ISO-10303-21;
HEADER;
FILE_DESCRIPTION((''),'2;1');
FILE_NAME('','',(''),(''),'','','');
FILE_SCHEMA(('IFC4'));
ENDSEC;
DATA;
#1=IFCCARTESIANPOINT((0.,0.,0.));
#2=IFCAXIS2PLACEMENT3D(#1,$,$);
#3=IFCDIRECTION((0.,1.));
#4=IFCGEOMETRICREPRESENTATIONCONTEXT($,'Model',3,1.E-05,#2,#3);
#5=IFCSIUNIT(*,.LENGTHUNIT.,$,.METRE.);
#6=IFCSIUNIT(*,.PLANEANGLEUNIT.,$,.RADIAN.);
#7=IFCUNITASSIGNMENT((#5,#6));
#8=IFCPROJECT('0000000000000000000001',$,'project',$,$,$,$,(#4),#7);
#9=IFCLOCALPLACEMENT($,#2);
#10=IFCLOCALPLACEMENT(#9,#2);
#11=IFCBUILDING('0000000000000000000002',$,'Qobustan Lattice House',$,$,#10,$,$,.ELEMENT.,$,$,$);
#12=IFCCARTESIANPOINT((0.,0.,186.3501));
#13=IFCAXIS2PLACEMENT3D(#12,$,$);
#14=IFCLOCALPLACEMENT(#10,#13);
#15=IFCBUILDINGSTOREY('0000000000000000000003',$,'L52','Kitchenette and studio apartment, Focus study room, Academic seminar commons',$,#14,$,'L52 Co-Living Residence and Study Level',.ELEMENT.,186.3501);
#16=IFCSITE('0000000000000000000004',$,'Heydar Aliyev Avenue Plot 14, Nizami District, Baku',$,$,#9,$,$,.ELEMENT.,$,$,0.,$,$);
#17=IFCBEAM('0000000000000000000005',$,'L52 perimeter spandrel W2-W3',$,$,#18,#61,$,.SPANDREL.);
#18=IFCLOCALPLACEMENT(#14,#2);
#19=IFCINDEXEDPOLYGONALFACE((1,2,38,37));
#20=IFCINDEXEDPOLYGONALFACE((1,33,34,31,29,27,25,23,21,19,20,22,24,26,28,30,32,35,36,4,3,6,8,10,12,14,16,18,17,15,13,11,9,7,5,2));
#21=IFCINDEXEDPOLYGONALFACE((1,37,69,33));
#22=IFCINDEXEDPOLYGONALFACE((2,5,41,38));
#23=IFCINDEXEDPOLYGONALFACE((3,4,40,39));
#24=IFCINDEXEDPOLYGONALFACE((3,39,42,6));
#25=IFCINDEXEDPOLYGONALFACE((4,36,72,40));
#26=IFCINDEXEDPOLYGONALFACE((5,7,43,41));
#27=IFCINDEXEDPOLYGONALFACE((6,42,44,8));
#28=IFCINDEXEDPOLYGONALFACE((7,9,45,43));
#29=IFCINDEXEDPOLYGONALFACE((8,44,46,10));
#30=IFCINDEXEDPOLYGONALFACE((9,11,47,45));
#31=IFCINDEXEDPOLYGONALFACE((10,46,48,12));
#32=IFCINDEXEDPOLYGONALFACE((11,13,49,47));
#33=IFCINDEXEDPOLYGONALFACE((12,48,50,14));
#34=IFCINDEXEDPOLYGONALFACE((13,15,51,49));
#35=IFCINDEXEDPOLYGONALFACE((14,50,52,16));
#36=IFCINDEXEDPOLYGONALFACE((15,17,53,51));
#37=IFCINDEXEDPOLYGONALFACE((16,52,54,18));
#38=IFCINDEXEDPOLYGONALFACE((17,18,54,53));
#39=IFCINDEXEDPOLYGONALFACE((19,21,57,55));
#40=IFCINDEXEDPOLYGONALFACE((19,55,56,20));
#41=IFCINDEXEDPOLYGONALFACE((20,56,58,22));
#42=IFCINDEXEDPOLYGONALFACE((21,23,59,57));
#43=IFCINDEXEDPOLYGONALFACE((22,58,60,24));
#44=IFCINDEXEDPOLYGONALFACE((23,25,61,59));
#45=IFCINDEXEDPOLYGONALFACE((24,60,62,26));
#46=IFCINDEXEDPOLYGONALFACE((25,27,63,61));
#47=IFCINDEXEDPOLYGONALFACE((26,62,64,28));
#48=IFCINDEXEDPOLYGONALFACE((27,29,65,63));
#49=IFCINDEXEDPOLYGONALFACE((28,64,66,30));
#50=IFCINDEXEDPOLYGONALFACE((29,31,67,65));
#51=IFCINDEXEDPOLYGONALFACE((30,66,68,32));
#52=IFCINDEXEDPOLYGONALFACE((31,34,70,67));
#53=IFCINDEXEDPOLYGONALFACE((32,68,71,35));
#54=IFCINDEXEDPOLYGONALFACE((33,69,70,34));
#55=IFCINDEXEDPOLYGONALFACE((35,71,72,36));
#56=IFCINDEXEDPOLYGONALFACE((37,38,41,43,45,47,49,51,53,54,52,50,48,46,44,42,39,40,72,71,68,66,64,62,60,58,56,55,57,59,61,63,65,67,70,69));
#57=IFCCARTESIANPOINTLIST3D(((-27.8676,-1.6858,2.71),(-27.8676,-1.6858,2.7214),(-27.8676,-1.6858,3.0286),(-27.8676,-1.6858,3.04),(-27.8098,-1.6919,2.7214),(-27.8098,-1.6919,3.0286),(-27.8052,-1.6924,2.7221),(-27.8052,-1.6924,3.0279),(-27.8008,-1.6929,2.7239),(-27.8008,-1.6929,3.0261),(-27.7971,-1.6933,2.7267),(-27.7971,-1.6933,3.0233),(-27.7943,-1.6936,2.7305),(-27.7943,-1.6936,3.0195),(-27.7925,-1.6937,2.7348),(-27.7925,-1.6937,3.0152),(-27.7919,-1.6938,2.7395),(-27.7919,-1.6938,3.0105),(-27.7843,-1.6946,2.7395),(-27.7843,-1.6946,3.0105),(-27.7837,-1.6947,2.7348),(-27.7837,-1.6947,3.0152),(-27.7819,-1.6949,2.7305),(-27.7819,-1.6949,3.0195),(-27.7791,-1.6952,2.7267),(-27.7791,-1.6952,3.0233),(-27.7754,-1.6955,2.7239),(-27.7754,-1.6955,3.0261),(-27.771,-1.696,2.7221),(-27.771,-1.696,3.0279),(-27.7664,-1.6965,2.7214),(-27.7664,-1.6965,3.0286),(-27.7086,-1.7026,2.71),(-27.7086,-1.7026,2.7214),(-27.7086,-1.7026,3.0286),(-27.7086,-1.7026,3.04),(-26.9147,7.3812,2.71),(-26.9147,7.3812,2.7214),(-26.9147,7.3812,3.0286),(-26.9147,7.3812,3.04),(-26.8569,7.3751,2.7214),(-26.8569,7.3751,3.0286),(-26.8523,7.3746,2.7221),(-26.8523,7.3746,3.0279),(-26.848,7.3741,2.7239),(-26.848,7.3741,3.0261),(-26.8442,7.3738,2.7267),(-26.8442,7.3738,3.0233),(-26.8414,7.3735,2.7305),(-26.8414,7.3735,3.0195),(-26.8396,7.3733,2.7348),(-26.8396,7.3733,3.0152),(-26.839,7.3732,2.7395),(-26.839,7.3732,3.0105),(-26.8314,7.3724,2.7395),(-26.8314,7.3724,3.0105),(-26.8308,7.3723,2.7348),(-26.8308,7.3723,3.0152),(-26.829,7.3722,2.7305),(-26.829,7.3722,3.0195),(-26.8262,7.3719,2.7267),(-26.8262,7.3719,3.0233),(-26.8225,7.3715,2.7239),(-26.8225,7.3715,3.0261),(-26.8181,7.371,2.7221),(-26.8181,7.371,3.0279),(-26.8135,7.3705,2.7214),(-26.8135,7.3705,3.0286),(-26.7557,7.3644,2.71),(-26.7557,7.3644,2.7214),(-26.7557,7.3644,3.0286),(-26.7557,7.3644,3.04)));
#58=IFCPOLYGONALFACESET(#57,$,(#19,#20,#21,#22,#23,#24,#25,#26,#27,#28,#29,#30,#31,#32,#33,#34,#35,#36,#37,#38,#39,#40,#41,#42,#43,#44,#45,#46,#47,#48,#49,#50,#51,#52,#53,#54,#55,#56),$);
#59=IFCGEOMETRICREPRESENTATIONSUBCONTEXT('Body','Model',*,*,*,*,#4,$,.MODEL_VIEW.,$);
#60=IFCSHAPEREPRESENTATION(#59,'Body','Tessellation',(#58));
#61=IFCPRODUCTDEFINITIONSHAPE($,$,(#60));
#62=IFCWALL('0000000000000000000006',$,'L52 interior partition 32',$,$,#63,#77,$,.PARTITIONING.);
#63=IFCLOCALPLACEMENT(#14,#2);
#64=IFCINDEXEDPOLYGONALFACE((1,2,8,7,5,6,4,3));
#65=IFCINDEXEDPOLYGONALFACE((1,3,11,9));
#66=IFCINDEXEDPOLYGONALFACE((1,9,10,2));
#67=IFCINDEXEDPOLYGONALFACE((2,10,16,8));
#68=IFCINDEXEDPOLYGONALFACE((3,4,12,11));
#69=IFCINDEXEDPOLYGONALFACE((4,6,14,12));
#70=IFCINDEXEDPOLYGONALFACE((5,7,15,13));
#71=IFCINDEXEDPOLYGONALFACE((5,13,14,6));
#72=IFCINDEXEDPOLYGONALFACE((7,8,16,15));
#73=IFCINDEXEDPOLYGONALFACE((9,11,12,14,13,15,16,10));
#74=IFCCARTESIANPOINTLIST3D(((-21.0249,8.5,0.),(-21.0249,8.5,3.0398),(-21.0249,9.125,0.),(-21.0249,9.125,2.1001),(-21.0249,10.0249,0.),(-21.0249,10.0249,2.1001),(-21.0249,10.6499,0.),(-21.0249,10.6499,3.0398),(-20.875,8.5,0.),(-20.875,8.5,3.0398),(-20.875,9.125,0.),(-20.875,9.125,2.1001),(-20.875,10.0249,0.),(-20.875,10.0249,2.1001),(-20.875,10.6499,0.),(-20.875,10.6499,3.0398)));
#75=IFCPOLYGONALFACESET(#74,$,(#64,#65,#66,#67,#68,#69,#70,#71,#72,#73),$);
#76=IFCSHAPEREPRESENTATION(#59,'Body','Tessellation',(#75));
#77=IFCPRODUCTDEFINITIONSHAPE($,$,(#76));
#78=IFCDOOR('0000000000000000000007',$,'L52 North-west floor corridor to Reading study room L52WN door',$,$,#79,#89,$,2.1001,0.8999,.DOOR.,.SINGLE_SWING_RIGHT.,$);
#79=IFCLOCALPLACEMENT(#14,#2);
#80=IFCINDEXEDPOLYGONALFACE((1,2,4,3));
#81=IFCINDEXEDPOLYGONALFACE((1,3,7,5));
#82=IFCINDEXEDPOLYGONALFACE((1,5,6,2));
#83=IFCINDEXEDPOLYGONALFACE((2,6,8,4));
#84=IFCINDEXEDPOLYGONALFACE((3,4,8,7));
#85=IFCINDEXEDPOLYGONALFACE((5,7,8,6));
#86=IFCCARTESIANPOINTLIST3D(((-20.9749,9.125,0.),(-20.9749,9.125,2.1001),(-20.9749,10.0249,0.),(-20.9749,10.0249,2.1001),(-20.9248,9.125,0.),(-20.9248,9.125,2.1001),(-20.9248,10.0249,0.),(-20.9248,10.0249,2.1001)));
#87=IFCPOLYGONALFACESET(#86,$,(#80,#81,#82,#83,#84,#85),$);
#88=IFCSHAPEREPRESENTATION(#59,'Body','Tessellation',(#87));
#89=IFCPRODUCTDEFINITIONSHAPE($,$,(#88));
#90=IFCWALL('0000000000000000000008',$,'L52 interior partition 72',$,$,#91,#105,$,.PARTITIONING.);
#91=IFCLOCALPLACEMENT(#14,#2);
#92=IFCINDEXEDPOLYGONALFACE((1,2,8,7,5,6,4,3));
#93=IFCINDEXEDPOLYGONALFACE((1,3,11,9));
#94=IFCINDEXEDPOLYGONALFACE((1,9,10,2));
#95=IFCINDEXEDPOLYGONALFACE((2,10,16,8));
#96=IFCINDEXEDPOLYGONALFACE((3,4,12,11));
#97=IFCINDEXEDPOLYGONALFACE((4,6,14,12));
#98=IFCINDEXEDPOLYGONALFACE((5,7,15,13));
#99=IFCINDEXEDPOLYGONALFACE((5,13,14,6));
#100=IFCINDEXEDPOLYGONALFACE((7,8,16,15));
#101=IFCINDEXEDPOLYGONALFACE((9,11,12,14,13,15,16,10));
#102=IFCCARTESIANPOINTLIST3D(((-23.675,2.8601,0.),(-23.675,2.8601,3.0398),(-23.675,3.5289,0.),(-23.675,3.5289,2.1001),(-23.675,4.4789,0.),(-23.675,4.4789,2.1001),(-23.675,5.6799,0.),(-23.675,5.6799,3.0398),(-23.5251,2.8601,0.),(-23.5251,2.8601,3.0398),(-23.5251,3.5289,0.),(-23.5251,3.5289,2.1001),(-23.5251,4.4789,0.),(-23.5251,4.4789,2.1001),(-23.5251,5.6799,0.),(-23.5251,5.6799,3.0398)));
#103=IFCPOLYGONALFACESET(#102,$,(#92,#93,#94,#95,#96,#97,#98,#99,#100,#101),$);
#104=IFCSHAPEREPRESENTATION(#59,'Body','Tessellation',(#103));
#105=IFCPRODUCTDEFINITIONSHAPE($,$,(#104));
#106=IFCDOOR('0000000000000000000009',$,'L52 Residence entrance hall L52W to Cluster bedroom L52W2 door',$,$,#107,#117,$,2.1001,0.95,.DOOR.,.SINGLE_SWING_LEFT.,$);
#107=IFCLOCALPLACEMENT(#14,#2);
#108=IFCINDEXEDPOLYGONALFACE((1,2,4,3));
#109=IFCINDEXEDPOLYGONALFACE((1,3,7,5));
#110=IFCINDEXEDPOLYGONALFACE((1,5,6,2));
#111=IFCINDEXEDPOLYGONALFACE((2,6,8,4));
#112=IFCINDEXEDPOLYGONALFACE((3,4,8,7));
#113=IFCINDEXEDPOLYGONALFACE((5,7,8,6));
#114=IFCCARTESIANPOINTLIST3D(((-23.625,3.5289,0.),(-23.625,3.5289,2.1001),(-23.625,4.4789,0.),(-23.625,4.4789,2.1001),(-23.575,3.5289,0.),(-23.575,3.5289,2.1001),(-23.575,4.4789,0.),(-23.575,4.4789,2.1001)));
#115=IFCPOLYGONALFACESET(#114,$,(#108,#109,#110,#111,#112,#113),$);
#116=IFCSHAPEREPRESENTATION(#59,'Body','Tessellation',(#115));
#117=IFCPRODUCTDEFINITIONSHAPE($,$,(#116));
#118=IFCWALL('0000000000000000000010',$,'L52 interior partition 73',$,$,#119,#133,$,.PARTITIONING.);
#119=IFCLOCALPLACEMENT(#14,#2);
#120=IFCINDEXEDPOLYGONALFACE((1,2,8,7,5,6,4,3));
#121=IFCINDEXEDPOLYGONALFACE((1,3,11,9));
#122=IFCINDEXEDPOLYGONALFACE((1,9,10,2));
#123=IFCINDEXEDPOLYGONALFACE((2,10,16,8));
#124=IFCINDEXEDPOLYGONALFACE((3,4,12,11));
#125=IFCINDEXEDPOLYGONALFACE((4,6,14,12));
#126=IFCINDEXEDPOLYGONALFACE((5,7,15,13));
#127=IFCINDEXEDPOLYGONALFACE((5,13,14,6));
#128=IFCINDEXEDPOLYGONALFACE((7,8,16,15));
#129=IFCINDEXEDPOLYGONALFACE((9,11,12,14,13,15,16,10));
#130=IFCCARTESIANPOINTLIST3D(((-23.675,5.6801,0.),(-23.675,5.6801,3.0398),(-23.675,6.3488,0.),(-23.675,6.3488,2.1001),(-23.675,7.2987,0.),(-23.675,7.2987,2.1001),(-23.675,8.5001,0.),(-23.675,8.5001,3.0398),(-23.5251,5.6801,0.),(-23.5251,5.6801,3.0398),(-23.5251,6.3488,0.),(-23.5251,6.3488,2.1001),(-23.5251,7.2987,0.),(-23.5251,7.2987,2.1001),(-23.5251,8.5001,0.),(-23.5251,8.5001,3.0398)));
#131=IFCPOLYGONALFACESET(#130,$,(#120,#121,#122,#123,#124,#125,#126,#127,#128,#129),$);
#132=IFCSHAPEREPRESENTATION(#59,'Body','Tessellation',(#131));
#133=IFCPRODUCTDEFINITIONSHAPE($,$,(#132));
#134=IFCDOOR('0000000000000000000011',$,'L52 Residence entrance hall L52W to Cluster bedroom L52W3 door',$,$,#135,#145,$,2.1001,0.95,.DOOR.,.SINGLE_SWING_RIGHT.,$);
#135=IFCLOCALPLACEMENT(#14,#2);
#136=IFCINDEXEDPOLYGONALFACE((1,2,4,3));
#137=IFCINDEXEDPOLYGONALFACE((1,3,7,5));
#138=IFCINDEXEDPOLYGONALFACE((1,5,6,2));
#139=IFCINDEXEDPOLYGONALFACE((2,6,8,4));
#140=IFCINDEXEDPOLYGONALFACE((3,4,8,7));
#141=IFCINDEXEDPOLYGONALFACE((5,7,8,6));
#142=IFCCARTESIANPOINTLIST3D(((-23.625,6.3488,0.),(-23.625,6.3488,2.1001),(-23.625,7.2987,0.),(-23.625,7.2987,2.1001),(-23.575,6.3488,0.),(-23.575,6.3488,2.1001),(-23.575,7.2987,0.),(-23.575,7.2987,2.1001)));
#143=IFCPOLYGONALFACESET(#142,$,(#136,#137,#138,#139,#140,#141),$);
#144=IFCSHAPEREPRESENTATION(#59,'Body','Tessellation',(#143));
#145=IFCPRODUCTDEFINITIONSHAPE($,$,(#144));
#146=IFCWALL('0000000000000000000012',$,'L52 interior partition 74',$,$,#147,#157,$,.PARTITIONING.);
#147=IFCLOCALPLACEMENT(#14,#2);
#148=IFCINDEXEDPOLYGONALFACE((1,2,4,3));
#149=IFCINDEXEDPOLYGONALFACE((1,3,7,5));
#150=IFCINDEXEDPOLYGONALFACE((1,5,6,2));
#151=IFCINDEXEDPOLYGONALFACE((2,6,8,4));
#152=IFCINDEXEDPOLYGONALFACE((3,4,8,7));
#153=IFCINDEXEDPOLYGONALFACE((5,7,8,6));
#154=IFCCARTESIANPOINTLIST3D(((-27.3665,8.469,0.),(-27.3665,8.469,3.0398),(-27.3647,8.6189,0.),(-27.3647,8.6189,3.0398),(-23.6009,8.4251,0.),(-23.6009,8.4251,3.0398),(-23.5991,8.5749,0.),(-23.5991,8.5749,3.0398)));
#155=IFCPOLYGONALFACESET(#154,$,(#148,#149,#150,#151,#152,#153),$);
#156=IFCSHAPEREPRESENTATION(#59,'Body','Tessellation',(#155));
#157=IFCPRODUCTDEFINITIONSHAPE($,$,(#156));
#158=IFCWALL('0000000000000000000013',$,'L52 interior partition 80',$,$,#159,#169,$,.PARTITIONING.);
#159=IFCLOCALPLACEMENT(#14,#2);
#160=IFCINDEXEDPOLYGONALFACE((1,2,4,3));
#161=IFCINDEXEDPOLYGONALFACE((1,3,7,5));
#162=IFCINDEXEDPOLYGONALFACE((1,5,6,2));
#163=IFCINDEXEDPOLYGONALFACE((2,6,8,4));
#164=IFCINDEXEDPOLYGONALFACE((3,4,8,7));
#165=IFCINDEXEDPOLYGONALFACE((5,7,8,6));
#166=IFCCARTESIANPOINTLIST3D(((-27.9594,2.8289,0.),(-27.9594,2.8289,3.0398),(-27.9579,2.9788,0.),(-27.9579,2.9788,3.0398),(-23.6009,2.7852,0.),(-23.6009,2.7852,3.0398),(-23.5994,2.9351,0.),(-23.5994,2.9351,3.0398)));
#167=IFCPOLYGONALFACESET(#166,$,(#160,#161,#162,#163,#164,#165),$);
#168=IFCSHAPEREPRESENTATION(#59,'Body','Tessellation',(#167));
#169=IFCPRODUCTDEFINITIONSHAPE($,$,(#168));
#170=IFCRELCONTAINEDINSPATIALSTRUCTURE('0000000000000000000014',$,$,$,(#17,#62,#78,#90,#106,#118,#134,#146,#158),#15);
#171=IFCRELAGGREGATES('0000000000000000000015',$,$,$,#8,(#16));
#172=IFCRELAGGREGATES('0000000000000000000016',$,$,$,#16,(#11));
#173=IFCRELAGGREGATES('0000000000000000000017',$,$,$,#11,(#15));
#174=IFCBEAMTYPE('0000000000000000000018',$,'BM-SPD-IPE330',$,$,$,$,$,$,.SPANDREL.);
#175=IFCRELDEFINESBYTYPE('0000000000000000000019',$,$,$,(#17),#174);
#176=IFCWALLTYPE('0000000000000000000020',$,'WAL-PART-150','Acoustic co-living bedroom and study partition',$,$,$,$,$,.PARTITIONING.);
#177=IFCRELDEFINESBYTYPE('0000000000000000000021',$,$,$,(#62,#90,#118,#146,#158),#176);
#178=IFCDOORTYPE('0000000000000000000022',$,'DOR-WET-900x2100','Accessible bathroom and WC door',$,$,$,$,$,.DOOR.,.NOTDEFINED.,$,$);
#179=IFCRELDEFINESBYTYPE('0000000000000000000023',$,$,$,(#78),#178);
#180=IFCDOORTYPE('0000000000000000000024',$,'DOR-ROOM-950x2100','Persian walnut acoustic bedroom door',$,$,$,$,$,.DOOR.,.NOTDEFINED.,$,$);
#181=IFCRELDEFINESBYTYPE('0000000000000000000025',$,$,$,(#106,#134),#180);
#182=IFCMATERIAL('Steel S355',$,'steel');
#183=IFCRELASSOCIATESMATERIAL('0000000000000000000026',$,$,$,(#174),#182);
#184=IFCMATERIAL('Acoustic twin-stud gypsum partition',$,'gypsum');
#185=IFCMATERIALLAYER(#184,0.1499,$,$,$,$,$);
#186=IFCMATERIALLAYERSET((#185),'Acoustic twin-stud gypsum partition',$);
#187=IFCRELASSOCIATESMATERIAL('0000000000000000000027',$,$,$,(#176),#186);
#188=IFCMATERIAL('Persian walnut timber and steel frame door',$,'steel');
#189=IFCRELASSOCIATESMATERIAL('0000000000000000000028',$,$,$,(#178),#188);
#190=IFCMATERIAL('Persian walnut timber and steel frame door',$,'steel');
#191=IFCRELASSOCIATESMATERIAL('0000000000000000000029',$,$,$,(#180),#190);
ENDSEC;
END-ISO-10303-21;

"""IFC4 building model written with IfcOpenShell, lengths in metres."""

from ifc_helpers import new_model, si_unit, direction, frame, frame_2d, origin, origin_2d, place, context, subcontext, project, spatial, rectangle, i_section, extrude, material, layer, layer_set, material_profile, profile_set, type_object, element, fill, save


model = new_model("IFC4")

# Units and contexts
model_context = context("Model", 3, precision=1e-05, world=origin(), true_north=direction((0.0, 1.0)))
body_context = subcontext(model_context, "Body", "Model", "MODEL_VIEW")
ifc_project = project(units=[si_unit("LENGTHUNIT", "METRE"), si_unit("PLANEANGLEUNIT", "RADIAN")], contexts=[model_context])

# Site, building, storey
site_placement = place(None, origin())
site = spatial("IfcSite", under=ifc_project, at=site_placement, Name="Heydar Aliyev Avenue Plot 14, Nizami District, Baku", CompositionType="ELEMENT", RefElevation=0.0)
building_placement = place(site_placement, origin())
building = spatial("IfcBuilding", under=site, at=building_placement, Name="Qobustan Lattice House", CompositionType="ELEMENT")
storey_placement = place(building_placement, frame((0.0, 0.0, 186.3501)))
storey = spatial("IfcBuildingStorey", under=building, at=storey_placement, Name="L52", Description="Kitchenette and studio apartment, Focus study room, Academic seminar commons", LongName="L52 Co-Living Residence and Study Level", CompositionType="ELEMENT", Elevation=186.3501)

# Beam
ifc_material_1 = material(Name="Steel S355", Category="steel")
ifc_material_profile_1 = material_profile(ifc_material_1, i_section(OverallWidth=0.1599, OverallDepth=0.3301, WebThickness=0.0076, FlangeThickness=0.0115, FilletRadius=0.0181, at=origin_2d()), Name="IPE330")
ifc_profile_set_1 = profile_set([ifc_material_profile_1], Name="Steel S355")
beam_type_1 = type_object("IfcBeamType", Name="BM-SPD-IPE330", PredefinedType="SPANDREL", material=ifc_profile_set_1)
beam_1_placement = place(storey_placement, frame((-26.8352, 7.3728, 2.875), z_axis=(-0.104519, -0.994523, 0.0), x_axis=(0.994523, -0.104519, 0.0)))
element("IfcBeam", 1, at=beam_1_placement, inside=storey, type_object=beam_type_1, Name="L52 perimeter spandrel W2-W3", PredefinedType="SPANDREL", context=body_context, shape_type="SweptSolid", body=[
    extrude(i_section(OverallWidth=0.1599, OverallDepth=0.3301, WebThickness=0.0076, FlangeThickness=0.0115, FilletRadius=0.0181, at=origin_2d()), origin(), (0.0, 0.0, 1.0), 9.1169),
])

# Walls, openings, doors
ifc_material_2 = material(Name="Acoustic twin-stud gypsum partition", Category="gypsum")
ifc_layer_1 = layer(ifc_material_2, 0.1499)
ifc_layer_set_1 = layer_set([ifc_layer_1], Name="Acoustic twin-stud gypsum partition")
wall_type_1 = type_object("IfcWallType", Name="WAL-PART-150", Description="Acoustic co-living bedroom and study partition", PredefinedType="PARTITIONING", material=ifc_layer_set_1)
wall_1_placement = place(storey_placement, frame((-20.95, 8.5, 0.0), z_axis=(0.0, 0.0, 1.0), x_axis=(0.0, 1.0, 0.0)))
wall_1 = element("IfcWall", 2, at=wall_1_placement, inside=storey, type_object=wall_type_1, Name="L52 interior partition 32", PredefinedType="PARTITIONING", context=body_context, shape_type="SweptSolid", body=[
    extrude(rectangle(XDim=2.1499, YDim=0.1499, at=frame_2d((1.075, 0.0))), origin(), (0.0, 0.0, 1.0), 3.0398),
])
opening_1_placement = place(wall_1_placement, frame((0.625, 0.0, 0.0)))
opening_1 = element("IfcOpeningElement", 3, at=opening_1_placement, cuts=wall_1, PredefinedType="OPENING", context=body_context, shape_type="SweptSolid", body=[
    extrude(rectangle(XDim=0.8999, YDim=2.1001, at=frame_2d((0.45, 1.05))), frame((0.0, 0.085, 0.0), z_axis=(0.0, -1.0, 0.0), x_axis=(1.0, 0.0, 0.0)), (0.0, 0.0, 1.0), 0.1699),
])
ifc_material_3 = material(Name="Persian walnut timber and steel frame door", Category="steel")
door_type_1 = type_object("IfcDoorType", Name="DOR-WET-900x2100", Description="Accessible bathroom and WC door", OperationType="NOTDEFINED", PredefinedType="DOOR", material=ifc_material_3)
door_1_placement = place(opening_1_placement, origin())
door_1 = element("IfcDoor", 4, at=door_1_placement, inside=storey, type_object=door_type_1, Name="L52 North-west floor corridor to Reading study room L52WN door", OperationType="SINGLE_SWING_RIGHT", OverallHeight=2.1001, OverallWidth=0.8999, PredefinedType="DOOR", context=body_context, shape_type="SweptSolid", body=[
    extrude(rectangle(XDim=0.8999, YDim=2.1001, at=frame_2d((0.45, 1.05))), frame((0.0, 0.0249, 0.0), z_axis=(0.0, -1.0, 0.0), x_axis=(1.0, 0.0, 0.0)), (0.0, 0.0, 1.0), 0.05),
])
fill(opening_1, door_1)
wall_2_placement = place(storey_placement, frame((-23.6001, 2.8601, 0.0), z_axis=(0.0, 0.0, 1.0), x_axis=(0.0, 1.0, 0.0)))
wall_2 = element("IfcWall", 5, at=wall_2_placement, inside=storey, type_object=wall_type_1, Name="L52 interior partition 72", PredefinedType="PARTITIONING", context=body_context, shape_type="SweptSolid", body=[
    extrude(rectangle(XDim=2.8198, YDim=0.1499, at=frame_2d((1.4099, 0.0))), origin(), (0.0, 0.0, 1.0), 3.0398),
])
opening_2_placement = place(wall_2_placement, frame((0.6687, 0.0, 0.0)))
opening_2 = element("IfcOpeningElement", 6, at=opening_2_placement, cuts=wall_2, PredefinedType="OPENING", context=body_context, shape_type="SweptSolid", body=[
    extrude(rectangle(XDim=0.95, YDim=2.1001, at=frame_2d((0.4751, 1.05))), frame((0.0, 0.085, 0.0), z_axis=(0.0, -1.0, 0.0), x_axis=(1.0, 0.0, 0.0)), (0.0, 0.0, 1.0), 0.1699),
])
ifc_material_4 = material(Name="Persian walnut timber and steel frame door", Category="steel")
door_type_2 = type_object("IfcDoorType", Name="DOR-ROOM-950x2100", Description="Persian walnut acoustic bedroom door", OperationType="NOTDEFINED", PredefinedType="DOOR", material=ifc_material_4)
door_2_placement = place(opening_2_placement, origin())
door_2 = element("IfcDoor", 7, at=door_2_placement, inside=storey, type_object=door_type_2, Name="L52 Residence entrance hall L52W to Cluster bedroom L52W2 door", OperationType="SINGLE_SWING_LEFT", OverallHeight=2.1001, OverallWidth=0.95, PredefinedType="DOOR", context=body_context, shape_type="SweptSolid", body=[
    extrude(rectangle(XDim=0.95, YDim=2.1001, at=frame_2d((0.4751, 1.05))), frame((0.0, 0.0249, 0.0), z_axis=(0.0, -1.0, 0.0), x_axis=(1.0, 0.0, 0.0)), (0.0, 0.0, 1.0), 0.05),
])
fill(opening_2, door_2)
wall_3_placement = place(storey_placement, frame((-23.6001, 5.6799, 0.0), z_axis=(0.0, 0.0, 1.0), x_axis=(0.0, 1.0, 0.0)))
wall_3 = element("IfcWall", 8, at=wall_3_placement, inside=storey, type_object=wall_type_1, Name="L52 interior partition 73", PredefinedType="PARTITIONING", context=body_context, shape_type="SweptSolid", body=[
    extrude(rectangle(XDim=2.8201, YDim=0.1499, at=frame_2d((1.4102, 0.0))), origin(), (0.0, 0.0, 1.0), 3.0398),
])
opening_3_placement = place(wall_3_placement, frame((0.6687, 0.0, 0.0)))
opening_3 = element("IfcOpeningElement", 9, at=opening_3_placement, cuts=wall_3, PredefinedType="OPENING", context=body_context, shape_type="SweptSolid", body=[
    extrude(rectangle(XDim=0.95, YDim=2.1001, at=frame_2d((0.4751, 1.05))), frame((0.0, 0.085, 0.0), z_axis=(0.0, -1.0, 0.0), x_axis=(1.0, 0.0, 0.0)), (0.0, 0.0, 1.0), 0.1699),
])
door_3_placement = place(opening_3_placement, origin())
door_3 = element("IfcDoor", 10, at=door_3_placement, inside=storey, type_object=door_type_2, Name="L52 Residence entrance hall L52W to Cluster bedroom L52W3 door", OperationType="SINGLE_SWING_RIGHT", OverallHeight=2.1001, OverallWidth=0.95, PredefinedType="DOOR", context=body_context, shape_type="SweptSolid", body=[
    extrude(rectangle(XDim=0.95, YDim=2.1001, at=frame_2d((0.4751, 1.05))), frame((0.0, 0.0249, 0.0), z_axis=(0.0, -1.0, 0.0), x_axis=(1.0, 0.0, 0.0)), (0.0, 0.0, 1.0), 0.05),
])
fill(opening_3, door_3)

# Walls
wall_4_placement = place(storey_placement, frame((-23.6001, 8.5, 0.0), z_axis=(0.0, 0.0, 1.0), x_axis=(-0.999932, 0.011669, 0.0)))
element("IfcWall", 11, at=wall_4_placement, inside=storey, type_object=wall_type_1, Name="L52 interior partition 74", PredefinedType="PARTITIONING", context=body_context, shape_type="SweptSolid", body=[
    extrude(rectangle(XDim=3.7659, YDim=0.1499, at=frame_2d((1.8828, 0.0))), origin(), (0.0, 0.0, 1.0), 3.0398),
])
wall_5_placement = place(storey_placement, frame((-27.9585, 2.9038, 0.0), z_axis=(0.0, 0.0, 1.0), x_axis=(0.99995, -0.010026, 0.0)))
element("IfcWall", 12, at=wall_5_placement, inside=storey, type_object=wall_type_1, Name="L52 interior partition 80", PredefinedType="PARTITIONING", context=body_context, shape_type="SweptSolid", body=[
    extrude(rectangle(XDim=4.3586, YDim=0.1499, at=frame_2d((2.1792, 0.0))), origin(), (0.0, 0.0, 1.0), 3.0398),
])

save(model, "model.ifc")
